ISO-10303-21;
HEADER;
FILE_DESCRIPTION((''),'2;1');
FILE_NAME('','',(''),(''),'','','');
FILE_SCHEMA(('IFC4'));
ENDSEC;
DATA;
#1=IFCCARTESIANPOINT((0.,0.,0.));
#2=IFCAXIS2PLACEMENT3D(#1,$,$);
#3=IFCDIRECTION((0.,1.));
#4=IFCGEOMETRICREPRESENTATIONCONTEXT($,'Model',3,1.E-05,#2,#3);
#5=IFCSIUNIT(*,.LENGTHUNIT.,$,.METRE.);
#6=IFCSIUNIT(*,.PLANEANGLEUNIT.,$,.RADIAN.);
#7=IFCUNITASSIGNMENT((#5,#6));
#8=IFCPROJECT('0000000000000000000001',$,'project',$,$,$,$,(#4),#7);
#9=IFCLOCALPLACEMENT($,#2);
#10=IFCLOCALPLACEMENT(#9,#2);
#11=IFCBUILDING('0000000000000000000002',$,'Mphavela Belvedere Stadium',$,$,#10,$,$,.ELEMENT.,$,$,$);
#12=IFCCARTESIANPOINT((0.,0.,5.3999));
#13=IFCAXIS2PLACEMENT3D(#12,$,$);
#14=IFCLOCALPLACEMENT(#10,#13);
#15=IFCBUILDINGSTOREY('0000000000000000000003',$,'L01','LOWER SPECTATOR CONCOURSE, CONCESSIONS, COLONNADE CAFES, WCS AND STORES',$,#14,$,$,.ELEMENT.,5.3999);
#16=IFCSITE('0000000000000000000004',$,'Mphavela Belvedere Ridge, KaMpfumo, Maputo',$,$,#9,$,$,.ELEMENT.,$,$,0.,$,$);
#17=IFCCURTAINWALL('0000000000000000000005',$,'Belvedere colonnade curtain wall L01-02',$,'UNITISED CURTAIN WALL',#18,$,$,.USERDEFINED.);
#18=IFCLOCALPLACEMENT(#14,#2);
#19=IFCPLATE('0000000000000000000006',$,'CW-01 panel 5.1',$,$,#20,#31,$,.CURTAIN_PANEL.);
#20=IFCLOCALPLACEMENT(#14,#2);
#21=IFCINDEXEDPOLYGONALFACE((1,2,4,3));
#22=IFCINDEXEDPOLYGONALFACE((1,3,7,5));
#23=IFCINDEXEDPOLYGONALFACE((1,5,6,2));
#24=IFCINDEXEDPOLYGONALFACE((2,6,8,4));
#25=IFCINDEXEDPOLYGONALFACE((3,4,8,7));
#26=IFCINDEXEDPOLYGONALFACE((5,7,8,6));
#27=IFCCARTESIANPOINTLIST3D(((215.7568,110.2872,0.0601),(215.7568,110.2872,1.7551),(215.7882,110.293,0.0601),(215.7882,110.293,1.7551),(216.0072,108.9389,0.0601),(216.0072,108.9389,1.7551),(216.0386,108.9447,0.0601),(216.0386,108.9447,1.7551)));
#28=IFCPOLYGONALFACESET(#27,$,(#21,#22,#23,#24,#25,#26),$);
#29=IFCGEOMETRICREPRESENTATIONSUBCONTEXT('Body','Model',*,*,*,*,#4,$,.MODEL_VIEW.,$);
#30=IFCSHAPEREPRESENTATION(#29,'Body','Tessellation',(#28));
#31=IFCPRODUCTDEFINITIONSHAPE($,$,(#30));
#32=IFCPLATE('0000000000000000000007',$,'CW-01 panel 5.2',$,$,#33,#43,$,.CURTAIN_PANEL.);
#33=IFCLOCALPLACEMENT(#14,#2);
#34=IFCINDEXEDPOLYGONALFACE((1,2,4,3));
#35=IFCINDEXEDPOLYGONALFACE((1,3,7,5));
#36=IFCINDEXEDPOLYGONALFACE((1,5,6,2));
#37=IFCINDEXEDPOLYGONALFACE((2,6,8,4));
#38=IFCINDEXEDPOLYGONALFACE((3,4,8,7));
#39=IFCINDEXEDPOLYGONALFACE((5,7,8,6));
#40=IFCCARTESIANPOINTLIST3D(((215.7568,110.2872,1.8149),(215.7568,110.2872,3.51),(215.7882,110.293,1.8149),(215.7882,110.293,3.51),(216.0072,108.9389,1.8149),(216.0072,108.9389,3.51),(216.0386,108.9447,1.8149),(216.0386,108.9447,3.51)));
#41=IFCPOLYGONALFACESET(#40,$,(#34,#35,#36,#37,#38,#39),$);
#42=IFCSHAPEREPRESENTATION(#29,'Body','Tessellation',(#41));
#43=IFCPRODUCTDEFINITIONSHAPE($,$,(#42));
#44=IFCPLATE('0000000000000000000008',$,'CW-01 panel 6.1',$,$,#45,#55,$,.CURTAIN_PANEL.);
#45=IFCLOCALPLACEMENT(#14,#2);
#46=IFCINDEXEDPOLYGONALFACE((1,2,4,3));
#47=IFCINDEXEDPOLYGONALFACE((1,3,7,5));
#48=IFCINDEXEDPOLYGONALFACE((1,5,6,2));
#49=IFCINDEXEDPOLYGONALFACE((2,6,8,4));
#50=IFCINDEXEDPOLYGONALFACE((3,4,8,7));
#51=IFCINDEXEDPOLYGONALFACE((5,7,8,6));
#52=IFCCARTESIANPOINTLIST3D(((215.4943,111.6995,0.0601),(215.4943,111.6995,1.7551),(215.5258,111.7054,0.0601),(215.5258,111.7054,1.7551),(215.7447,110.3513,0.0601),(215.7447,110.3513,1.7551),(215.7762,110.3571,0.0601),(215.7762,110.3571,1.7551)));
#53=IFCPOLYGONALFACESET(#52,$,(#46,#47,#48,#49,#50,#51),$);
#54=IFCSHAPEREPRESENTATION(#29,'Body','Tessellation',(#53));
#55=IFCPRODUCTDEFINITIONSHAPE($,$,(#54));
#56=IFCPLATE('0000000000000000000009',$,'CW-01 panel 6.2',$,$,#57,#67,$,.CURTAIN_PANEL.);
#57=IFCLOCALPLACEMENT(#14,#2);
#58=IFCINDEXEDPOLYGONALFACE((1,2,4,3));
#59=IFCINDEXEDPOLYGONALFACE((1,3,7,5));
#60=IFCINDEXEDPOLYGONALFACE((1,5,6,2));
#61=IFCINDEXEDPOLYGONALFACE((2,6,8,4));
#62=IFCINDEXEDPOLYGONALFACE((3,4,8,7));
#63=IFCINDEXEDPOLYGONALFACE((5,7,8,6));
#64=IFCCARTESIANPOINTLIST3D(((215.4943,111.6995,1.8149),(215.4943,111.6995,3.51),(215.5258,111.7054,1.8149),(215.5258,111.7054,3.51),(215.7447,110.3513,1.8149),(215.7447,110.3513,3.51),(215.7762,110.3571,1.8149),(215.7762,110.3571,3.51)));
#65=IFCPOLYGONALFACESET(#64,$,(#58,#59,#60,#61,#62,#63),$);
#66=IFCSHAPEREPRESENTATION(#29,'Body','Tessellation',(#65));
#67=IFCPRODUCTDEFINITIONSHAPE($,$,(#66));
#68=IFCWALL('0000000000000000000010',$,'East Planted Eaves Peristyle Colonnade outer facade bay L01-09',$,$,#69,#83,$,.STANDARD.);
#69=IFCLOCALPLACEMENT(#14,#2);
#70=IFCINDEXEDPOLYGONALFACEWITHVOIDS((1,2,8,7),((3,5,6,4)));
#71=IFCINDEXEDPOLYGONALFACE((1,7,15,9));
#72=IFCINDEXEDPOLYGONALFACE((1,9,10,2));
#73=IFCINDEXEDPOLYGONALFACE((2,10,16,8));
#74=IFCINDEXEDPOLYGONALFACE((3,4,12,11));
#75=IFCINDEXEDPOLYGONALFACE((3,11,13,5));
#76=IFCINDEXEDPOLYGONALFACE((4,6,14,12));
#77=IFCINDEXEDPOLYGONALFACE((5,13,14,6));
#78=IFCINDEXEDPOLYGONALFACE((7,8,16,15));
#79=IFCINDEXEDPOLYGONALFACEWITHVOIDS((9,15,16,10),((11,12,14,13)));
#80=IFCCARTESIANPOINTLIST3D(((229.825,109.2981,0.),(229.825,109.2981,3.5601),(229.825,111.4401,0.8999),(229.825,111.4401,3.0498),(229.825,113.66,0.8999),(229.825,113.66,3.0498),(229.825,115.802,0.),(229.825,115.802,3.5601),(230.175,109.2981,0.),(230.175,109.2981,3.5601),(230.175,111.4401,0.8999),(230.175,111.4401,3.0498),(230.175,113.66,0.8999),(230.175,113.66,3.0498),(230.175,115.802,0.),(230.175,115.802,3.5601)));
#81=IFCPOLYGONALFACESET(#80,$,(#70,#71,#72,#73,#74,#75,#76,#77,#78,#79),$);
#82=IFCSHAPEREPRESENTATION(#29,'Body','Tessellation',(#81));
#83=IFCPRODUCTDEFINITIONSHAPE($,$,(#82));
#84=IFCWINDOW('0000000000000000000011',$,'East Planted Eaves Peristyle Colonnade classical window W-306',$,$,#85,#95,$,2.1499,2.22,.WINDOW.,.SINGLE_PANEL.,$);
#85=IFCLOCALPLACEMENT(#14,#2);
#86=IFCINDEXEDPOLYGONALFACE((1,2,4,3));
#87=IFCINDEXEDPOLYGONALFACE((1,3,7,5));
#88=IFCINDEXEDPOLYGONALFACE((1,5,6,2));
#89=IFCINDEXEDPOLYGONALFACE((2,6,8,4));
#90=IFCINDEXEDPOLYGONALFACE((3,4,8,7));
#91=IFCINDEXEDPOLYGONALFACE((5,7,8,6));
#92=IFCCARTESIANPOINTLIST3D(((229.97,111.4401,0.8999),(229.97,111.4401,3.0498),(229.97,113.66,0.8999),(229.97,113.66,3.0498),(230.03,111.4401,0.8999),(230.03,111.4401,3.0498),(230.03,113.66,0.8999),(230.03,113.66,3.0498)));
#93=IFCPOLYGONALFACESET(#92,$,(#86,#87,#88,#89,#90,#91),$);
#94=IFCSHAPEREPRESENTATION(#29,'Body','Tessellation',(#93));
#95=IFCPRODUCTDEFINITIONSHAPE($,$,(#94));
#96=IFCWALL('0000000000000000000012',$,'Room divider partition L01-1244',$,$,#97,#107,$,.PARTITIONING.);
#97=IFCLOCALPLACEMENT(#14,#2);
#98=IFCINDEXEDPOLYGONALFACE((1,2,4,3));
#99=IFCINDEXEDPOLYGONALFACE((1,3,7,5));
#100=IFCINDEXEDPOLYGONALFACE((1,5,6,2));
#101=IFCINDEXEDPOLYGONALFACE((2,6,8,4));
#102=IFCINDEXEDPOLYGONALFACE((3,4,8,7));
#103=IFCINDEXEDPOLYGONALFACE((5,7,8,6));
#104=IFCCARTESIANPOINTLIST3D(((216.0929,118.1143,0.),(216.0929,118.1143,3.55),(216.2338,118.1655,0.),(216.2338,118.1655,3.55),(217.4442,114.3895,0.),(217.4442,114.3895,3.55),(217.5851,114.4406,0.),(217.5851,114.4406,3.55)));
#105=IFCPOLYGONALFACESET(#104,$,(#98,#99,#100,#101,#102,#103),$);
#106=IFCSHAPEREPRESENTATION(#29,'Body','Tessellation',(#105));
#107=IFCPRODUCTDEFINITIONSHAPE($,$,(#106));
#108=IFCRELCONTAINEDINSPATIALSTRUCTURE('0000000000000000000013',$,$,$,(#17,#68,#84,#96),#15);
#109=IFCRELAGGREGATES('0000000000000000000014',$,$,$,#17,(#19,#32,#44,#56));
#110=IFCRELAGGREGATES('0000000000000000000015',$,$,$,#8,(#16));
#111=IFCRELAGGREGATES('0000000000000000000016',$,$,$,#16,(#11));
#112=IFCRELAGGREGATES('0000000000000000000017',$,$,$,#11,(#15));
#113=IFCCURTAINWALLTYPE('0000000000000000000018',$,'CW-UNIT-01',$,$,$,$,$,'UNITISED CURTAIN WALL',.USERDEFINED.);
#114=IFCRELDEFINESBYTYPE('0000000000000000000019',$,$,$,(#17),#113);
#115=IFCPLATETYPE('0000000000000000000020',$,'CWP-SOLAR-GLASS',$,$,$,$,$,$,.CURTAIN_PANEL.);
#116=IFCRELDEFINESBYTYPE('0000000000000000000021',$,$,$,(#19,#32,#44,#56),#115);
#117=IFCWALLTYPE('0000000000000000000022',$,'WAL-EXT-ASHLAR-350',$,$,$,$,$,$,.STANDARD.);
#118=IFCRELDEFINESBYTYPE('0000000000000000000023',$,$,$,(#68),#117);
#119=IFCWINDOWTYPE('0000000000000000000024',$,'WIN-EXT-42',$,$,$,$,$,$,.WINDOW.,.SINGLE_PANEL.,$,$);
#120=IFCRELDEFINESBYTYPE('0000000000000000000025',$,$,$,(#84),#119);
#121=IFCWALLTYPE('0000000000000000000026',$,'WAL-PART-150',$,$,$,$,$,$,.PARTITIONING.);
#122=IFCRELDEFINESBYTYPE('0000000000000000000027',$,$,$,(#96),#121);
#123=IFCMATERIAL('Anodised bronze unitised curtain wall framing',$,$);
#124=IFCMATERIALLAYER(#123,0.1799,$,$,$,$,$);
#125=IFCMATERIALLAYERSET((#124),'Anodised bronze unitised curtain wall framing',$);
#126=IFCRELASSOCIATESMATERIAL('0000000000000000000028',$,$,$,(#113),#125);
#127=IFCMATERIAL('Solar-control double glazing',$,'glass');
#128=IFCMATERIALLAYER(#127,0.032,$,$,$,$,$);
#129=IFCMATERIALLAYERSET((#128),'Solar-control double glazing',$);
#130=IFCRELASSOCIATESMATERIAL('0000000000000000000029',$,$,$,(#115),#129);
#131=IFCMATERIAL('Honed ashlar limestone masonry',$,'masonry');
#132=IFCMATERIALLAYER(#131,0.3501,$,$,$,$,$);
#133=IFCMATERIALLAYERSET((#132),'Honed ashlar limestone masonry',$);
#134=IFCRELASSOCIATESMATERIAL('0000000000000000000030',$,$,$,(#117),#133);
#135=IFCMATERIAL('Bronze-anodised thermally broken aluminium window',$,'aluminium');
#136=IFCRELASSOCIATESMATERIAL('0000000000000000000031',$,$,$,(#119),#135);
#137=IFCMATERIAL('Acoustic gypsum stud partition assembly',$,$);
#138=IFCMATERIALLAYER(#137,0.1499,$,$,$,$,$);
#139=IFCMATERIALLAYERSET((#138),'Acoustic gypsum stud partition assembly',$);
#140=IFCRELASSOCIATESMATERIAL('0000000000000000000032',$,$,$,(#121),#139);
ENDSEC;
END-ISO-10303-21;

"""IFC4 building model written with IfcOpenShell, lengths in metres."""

from ifc_helpers import new_model, si_unit, direction, frame, frame_2d, origin, origin_2d, place, context, subcontext, project, spatial, rectangle, extrude, material, layer, layer_set, type_object, element, fill, aggregate, save


model = new_model("IFC4")

# Units and contexts
model_context = context("Model", 3, precision=1e-05, world=origin(), true_north=direction((0.0, 1.0)))
body_context = subcontext(model_context, "Body", "Model", "MODEL_VIEW")
ifc_project = project(units=[si_unit("LENGTHUNIT", "METRE"), si_unit("PLANEANGLEUNIT", "RADIAN")], contexts=[model_context])

# Site, building, storey
site_placement = place(None, origin())
site = spatial("IfcSite", under=ifc_project, at=site_placement, Name="Mphavela Belvedere Ridge, KaMpfumo, Maputo", CompositionType="ELEMENT", RefElevation=0.0)
building_placement = place(site_placement, origin())
building = spatial("IfcBuilding", under=site, at=building_placement, Name="Mphavela Belvedere Stadium", CompositionType="ELEMENT")
storey_placement = place(building_placement, frame((0.0, 0.0, 5.3999)))
storey = spatial("IfcBuildingStorey", under=building, at=storey_placement, Name="L01", Description="LOWER SPECTATOR CONCOURSE, CONCESSIONS, COLONNADE CAFES, WCS AND STORES", CompositionType="ELEMENT", Elevation=5.3999)

# Curtain wall, plates
ifc_material_1 = material(Name="Anodised bronze unitised curtain wall framing")
ifc_layer_1 = layer(ifc_material_1, 0.1799)
ifc_layer_set_1 = layer_set([ifc_layer_1], Name="Anodised bronze unitised curtain wall framing")
curtain_wall_type = type_object("IfcCurtainWallType", Name="CW-UNIT-01", ElementType="UNITISED CURTAIN WALL", PredefinedType="USERDEFINED", material=ifc_layer_set_1)
curtain_wall_placement = place(storey_placement, origin())
curtain_wall = element("IfcCurtainWall", 1, at=curtain_wall_placement, inside=storey, type_object=curtain_wall_type, Name="Belvedere colonnade curtain wall L01-02", ObjectType="UNITISED CURTAIN WALL", PredefinedType="USERDEFINED")
ifc_material_2 = material(Name="Solar-control double glazing", Category="glass")
ifc_layer_2 = layer(ifc_material_2, 0.032)
ifc_layer_set_2 = layer_set([ifc_layer_2], Name="Solar-control double glazing")
plate_type = type_object("IfcPlateType", Name="CWP-SOLAR-GLASS", PredefinedType="CURTAIN_PANEL", material=ifc_layer_set_2)
plate_1_placement = place(storey_placement, frame((215.8977, 109.616, 0.0601), z_axis=(0.0, 0.0, 1.0), x_axis=(-0.18262, 0.983184, 0.0)))
plate_1 = element("IfcPlate", 2, at=plate_1_placement, type_object=plate_type, Name="CW-01 panel 5.1", PredefinedType="CURTAIN_PANEL", context=body_context, shape_type="SweptSolid", body=[
    extrude(rectangle(XDim=1.3713, YDim=0.032, at=origin_2d()), origin(), (0.0, 0.0, 1.0), 1.6951),
])
plate_2_placement = place(storey_placement, frame((215.8977, 109.616, 1.8149), z_axis=(0.0, 0.0, 1.0), x_axis=(-0.18262, 0.983184, 0.0)))
plate_2 = element("IfcPlate", 3, at=plate_2_placement, type_object=plate_type, Name="CW-01 panel 5.2", PredefinedType="CURTAIN_PANEL", context=body_context, shape_type="SweptSolid", body=[
    extrude(rectangle(XDim=1.3713, YDim=0.032, at=origin_2d()), origin(), (0.0, 0.0, 1.0), 1.6951),
])
plate_3_placement = place(storey_placement, frame((215.6353, 111.0283, 0.0601), z_axis=(0.0, 0.0, 1.0), x_axis=(-0.18262, 0.983184, 0.0)))
plate_3 = element("IfcPlate", 4, at=plate_3_placement, type_object=plate_type, Name="CW-01 panel 6.1", PredefinedType="CURTAIN_PANEL", context=body_context, shape_type="SweptSolid", body=[
    extrude(rectangle(XDim=1.3713, YDim=0.032, at=origin_2d()), origin(), (0.0, 0.0, 1.0), 1.6951),
])
plate_4_placement = place(storey_placement, frame((215.6353, 111.0283, 1.8149), z_axis=(0.0, 0.0, 1.0), x_axis=(-0.18262, 0.983184, 0.0)))
plate_4 = element("IfcPlate", 5, at=plate_4_placement, type_object=plate_type, Name="CW-01 panel 6.2", PredefinedType="CURTAIN_PANEL", context=body_context, shape_type="SweptSolid", body=[
    extrude(rectangle(XDim=1.3713, YDim=0.032, at=origin_2d()), origin(), (0.0, 0.0, 1.0), 1.6951),
])
aggregate(curtain_wall, [plate_1, plate_2, plate_3, plate_4])

# Wall, opening, window
ifc_material_3 = material(Name="Honed ashlar limestone masonry", Category="masonry")
ifc_layer_3 = layer(ifc_material_3, 0.3501)
ifc_layer_set_3 = layer_set([ifc_layer_3], Name="Honed ashlar limestone masonry")
wall_type_1 = type_object("IfcWallType", Name="WAL-EXT-ASHLAR-350", PredefinedType="STANDARD", material=ifc_layer_set_3)
wall_1_placement = place(storey_placement, frame((230.0, 115.802, 0.0), z_axis=(0.0, 0.0, 1.0), x_axis=(0.0, -1.0, 0.0)))
wall_1 = element("IfcWall", 6, at=wall_1_placement, inside=storey, type_object=wall_type_1, Name="East Planted Eaves Peristyle Colonnade outer facade bay L01-09", PredefinedType="STANDARD", context=body_context, shape_type="SweptSolid", body=[
    extrude(rectangle(XDim=6.5039, YDim=0.3501, at=frame_2d((3.252, 0.0))), origin(), (0.0, 0.0, 1.0), 3.5601),
])
opening_placement = place(wall_1_placement, frame((2.1421, 0.0, 0.8999)))
opening = element("IfcOpeningElement", 7, at=opening_placement, cuts=wall_1, PredefinedType="OPENING", context=body_context, shape_type="SweptSolid", body=[
    extrude(rectangle(XDim=2.22, YDim=2.1499, at=frame_2d((1.1099, 1.075))), frame((0.0, 0.1851, 0.0), z_axis=(0.0, -1.0, 0.0), x_axis=(1.0, 0.0, 0.0)), (0.0, 0.0, 1.0), 0.3701),
])
ifc_material_4 = material(Name="Bronze-anodised thermally broken aluminium window", Category="aluminium")
window_type = type_object("IfcWindowType", Name="WIN-EXT-42", PartitioningType="SINGLE_PANEL", PredefinedType="WINDOW", material=ifc_material_4)
window_placement = place(opening_placement, origin())
window = element("IfcWindow", 8, at=window_placement, inside=storey, type_object=window_type, Name="East Planted Eaves Peristyle Colonnade classical window W-306", OverallHeight=2.1499, OverallWidth=2.22, PartitioningType="SINGLE_PANEL", PredefinedType="WINDOW", context=body_context, shape_type="SweptSolid", body=[
    extrude(rectangle(XDim=2.22, YDim=2.1499, at=frame_2d((1.1099, 1.075))), frame((0.0, 0.03, 0.0), z_axis=(0.0, -1.0, 0.0), x_axis=(1.0, 0.0, 0.0)), (0.0, 0.0, 1.0), 0.0601),
])
fill(opening, window)

# Wall
ifc_material_5 = material(Name="Acoustic gypsum stud partition assembly")
ifc_layer_4 = layer(ifc_material_5, 0.1499)
ifc_layer_set_4 = layer_set([ifc_layer_4], Name="Acoustic gypsum stud partition assembly")
wall_type_2 = type_object("IfcWallType", Name="WAL-PART-150", PredefinedType="PARTITIONING", material=ifc_layer_set_4)
wall_2_placement = place(storey_placement, frame((217.5146, 114.415, 0.0), z_axis=(0.0, 0.0, 1.0), x_axis=(-0.341036, 0.94005, 0.0)))
element("IfcWall", 9, at=wall_2_placement, inside=storey, type_object=wall_type_2, Name="Room divider partition L01-1244", PredefinedType="PARTITIONING", context=body_context, shape_type="SweptSolid", body=[
    extrude(rectangle(XDim=3.9624, YDim=0.1499, at=frame_2d((1.9812, 0.0))), origin(), (0.0, 0.0, 1.0), 3.55),
])

save(model, "model.ifc")
